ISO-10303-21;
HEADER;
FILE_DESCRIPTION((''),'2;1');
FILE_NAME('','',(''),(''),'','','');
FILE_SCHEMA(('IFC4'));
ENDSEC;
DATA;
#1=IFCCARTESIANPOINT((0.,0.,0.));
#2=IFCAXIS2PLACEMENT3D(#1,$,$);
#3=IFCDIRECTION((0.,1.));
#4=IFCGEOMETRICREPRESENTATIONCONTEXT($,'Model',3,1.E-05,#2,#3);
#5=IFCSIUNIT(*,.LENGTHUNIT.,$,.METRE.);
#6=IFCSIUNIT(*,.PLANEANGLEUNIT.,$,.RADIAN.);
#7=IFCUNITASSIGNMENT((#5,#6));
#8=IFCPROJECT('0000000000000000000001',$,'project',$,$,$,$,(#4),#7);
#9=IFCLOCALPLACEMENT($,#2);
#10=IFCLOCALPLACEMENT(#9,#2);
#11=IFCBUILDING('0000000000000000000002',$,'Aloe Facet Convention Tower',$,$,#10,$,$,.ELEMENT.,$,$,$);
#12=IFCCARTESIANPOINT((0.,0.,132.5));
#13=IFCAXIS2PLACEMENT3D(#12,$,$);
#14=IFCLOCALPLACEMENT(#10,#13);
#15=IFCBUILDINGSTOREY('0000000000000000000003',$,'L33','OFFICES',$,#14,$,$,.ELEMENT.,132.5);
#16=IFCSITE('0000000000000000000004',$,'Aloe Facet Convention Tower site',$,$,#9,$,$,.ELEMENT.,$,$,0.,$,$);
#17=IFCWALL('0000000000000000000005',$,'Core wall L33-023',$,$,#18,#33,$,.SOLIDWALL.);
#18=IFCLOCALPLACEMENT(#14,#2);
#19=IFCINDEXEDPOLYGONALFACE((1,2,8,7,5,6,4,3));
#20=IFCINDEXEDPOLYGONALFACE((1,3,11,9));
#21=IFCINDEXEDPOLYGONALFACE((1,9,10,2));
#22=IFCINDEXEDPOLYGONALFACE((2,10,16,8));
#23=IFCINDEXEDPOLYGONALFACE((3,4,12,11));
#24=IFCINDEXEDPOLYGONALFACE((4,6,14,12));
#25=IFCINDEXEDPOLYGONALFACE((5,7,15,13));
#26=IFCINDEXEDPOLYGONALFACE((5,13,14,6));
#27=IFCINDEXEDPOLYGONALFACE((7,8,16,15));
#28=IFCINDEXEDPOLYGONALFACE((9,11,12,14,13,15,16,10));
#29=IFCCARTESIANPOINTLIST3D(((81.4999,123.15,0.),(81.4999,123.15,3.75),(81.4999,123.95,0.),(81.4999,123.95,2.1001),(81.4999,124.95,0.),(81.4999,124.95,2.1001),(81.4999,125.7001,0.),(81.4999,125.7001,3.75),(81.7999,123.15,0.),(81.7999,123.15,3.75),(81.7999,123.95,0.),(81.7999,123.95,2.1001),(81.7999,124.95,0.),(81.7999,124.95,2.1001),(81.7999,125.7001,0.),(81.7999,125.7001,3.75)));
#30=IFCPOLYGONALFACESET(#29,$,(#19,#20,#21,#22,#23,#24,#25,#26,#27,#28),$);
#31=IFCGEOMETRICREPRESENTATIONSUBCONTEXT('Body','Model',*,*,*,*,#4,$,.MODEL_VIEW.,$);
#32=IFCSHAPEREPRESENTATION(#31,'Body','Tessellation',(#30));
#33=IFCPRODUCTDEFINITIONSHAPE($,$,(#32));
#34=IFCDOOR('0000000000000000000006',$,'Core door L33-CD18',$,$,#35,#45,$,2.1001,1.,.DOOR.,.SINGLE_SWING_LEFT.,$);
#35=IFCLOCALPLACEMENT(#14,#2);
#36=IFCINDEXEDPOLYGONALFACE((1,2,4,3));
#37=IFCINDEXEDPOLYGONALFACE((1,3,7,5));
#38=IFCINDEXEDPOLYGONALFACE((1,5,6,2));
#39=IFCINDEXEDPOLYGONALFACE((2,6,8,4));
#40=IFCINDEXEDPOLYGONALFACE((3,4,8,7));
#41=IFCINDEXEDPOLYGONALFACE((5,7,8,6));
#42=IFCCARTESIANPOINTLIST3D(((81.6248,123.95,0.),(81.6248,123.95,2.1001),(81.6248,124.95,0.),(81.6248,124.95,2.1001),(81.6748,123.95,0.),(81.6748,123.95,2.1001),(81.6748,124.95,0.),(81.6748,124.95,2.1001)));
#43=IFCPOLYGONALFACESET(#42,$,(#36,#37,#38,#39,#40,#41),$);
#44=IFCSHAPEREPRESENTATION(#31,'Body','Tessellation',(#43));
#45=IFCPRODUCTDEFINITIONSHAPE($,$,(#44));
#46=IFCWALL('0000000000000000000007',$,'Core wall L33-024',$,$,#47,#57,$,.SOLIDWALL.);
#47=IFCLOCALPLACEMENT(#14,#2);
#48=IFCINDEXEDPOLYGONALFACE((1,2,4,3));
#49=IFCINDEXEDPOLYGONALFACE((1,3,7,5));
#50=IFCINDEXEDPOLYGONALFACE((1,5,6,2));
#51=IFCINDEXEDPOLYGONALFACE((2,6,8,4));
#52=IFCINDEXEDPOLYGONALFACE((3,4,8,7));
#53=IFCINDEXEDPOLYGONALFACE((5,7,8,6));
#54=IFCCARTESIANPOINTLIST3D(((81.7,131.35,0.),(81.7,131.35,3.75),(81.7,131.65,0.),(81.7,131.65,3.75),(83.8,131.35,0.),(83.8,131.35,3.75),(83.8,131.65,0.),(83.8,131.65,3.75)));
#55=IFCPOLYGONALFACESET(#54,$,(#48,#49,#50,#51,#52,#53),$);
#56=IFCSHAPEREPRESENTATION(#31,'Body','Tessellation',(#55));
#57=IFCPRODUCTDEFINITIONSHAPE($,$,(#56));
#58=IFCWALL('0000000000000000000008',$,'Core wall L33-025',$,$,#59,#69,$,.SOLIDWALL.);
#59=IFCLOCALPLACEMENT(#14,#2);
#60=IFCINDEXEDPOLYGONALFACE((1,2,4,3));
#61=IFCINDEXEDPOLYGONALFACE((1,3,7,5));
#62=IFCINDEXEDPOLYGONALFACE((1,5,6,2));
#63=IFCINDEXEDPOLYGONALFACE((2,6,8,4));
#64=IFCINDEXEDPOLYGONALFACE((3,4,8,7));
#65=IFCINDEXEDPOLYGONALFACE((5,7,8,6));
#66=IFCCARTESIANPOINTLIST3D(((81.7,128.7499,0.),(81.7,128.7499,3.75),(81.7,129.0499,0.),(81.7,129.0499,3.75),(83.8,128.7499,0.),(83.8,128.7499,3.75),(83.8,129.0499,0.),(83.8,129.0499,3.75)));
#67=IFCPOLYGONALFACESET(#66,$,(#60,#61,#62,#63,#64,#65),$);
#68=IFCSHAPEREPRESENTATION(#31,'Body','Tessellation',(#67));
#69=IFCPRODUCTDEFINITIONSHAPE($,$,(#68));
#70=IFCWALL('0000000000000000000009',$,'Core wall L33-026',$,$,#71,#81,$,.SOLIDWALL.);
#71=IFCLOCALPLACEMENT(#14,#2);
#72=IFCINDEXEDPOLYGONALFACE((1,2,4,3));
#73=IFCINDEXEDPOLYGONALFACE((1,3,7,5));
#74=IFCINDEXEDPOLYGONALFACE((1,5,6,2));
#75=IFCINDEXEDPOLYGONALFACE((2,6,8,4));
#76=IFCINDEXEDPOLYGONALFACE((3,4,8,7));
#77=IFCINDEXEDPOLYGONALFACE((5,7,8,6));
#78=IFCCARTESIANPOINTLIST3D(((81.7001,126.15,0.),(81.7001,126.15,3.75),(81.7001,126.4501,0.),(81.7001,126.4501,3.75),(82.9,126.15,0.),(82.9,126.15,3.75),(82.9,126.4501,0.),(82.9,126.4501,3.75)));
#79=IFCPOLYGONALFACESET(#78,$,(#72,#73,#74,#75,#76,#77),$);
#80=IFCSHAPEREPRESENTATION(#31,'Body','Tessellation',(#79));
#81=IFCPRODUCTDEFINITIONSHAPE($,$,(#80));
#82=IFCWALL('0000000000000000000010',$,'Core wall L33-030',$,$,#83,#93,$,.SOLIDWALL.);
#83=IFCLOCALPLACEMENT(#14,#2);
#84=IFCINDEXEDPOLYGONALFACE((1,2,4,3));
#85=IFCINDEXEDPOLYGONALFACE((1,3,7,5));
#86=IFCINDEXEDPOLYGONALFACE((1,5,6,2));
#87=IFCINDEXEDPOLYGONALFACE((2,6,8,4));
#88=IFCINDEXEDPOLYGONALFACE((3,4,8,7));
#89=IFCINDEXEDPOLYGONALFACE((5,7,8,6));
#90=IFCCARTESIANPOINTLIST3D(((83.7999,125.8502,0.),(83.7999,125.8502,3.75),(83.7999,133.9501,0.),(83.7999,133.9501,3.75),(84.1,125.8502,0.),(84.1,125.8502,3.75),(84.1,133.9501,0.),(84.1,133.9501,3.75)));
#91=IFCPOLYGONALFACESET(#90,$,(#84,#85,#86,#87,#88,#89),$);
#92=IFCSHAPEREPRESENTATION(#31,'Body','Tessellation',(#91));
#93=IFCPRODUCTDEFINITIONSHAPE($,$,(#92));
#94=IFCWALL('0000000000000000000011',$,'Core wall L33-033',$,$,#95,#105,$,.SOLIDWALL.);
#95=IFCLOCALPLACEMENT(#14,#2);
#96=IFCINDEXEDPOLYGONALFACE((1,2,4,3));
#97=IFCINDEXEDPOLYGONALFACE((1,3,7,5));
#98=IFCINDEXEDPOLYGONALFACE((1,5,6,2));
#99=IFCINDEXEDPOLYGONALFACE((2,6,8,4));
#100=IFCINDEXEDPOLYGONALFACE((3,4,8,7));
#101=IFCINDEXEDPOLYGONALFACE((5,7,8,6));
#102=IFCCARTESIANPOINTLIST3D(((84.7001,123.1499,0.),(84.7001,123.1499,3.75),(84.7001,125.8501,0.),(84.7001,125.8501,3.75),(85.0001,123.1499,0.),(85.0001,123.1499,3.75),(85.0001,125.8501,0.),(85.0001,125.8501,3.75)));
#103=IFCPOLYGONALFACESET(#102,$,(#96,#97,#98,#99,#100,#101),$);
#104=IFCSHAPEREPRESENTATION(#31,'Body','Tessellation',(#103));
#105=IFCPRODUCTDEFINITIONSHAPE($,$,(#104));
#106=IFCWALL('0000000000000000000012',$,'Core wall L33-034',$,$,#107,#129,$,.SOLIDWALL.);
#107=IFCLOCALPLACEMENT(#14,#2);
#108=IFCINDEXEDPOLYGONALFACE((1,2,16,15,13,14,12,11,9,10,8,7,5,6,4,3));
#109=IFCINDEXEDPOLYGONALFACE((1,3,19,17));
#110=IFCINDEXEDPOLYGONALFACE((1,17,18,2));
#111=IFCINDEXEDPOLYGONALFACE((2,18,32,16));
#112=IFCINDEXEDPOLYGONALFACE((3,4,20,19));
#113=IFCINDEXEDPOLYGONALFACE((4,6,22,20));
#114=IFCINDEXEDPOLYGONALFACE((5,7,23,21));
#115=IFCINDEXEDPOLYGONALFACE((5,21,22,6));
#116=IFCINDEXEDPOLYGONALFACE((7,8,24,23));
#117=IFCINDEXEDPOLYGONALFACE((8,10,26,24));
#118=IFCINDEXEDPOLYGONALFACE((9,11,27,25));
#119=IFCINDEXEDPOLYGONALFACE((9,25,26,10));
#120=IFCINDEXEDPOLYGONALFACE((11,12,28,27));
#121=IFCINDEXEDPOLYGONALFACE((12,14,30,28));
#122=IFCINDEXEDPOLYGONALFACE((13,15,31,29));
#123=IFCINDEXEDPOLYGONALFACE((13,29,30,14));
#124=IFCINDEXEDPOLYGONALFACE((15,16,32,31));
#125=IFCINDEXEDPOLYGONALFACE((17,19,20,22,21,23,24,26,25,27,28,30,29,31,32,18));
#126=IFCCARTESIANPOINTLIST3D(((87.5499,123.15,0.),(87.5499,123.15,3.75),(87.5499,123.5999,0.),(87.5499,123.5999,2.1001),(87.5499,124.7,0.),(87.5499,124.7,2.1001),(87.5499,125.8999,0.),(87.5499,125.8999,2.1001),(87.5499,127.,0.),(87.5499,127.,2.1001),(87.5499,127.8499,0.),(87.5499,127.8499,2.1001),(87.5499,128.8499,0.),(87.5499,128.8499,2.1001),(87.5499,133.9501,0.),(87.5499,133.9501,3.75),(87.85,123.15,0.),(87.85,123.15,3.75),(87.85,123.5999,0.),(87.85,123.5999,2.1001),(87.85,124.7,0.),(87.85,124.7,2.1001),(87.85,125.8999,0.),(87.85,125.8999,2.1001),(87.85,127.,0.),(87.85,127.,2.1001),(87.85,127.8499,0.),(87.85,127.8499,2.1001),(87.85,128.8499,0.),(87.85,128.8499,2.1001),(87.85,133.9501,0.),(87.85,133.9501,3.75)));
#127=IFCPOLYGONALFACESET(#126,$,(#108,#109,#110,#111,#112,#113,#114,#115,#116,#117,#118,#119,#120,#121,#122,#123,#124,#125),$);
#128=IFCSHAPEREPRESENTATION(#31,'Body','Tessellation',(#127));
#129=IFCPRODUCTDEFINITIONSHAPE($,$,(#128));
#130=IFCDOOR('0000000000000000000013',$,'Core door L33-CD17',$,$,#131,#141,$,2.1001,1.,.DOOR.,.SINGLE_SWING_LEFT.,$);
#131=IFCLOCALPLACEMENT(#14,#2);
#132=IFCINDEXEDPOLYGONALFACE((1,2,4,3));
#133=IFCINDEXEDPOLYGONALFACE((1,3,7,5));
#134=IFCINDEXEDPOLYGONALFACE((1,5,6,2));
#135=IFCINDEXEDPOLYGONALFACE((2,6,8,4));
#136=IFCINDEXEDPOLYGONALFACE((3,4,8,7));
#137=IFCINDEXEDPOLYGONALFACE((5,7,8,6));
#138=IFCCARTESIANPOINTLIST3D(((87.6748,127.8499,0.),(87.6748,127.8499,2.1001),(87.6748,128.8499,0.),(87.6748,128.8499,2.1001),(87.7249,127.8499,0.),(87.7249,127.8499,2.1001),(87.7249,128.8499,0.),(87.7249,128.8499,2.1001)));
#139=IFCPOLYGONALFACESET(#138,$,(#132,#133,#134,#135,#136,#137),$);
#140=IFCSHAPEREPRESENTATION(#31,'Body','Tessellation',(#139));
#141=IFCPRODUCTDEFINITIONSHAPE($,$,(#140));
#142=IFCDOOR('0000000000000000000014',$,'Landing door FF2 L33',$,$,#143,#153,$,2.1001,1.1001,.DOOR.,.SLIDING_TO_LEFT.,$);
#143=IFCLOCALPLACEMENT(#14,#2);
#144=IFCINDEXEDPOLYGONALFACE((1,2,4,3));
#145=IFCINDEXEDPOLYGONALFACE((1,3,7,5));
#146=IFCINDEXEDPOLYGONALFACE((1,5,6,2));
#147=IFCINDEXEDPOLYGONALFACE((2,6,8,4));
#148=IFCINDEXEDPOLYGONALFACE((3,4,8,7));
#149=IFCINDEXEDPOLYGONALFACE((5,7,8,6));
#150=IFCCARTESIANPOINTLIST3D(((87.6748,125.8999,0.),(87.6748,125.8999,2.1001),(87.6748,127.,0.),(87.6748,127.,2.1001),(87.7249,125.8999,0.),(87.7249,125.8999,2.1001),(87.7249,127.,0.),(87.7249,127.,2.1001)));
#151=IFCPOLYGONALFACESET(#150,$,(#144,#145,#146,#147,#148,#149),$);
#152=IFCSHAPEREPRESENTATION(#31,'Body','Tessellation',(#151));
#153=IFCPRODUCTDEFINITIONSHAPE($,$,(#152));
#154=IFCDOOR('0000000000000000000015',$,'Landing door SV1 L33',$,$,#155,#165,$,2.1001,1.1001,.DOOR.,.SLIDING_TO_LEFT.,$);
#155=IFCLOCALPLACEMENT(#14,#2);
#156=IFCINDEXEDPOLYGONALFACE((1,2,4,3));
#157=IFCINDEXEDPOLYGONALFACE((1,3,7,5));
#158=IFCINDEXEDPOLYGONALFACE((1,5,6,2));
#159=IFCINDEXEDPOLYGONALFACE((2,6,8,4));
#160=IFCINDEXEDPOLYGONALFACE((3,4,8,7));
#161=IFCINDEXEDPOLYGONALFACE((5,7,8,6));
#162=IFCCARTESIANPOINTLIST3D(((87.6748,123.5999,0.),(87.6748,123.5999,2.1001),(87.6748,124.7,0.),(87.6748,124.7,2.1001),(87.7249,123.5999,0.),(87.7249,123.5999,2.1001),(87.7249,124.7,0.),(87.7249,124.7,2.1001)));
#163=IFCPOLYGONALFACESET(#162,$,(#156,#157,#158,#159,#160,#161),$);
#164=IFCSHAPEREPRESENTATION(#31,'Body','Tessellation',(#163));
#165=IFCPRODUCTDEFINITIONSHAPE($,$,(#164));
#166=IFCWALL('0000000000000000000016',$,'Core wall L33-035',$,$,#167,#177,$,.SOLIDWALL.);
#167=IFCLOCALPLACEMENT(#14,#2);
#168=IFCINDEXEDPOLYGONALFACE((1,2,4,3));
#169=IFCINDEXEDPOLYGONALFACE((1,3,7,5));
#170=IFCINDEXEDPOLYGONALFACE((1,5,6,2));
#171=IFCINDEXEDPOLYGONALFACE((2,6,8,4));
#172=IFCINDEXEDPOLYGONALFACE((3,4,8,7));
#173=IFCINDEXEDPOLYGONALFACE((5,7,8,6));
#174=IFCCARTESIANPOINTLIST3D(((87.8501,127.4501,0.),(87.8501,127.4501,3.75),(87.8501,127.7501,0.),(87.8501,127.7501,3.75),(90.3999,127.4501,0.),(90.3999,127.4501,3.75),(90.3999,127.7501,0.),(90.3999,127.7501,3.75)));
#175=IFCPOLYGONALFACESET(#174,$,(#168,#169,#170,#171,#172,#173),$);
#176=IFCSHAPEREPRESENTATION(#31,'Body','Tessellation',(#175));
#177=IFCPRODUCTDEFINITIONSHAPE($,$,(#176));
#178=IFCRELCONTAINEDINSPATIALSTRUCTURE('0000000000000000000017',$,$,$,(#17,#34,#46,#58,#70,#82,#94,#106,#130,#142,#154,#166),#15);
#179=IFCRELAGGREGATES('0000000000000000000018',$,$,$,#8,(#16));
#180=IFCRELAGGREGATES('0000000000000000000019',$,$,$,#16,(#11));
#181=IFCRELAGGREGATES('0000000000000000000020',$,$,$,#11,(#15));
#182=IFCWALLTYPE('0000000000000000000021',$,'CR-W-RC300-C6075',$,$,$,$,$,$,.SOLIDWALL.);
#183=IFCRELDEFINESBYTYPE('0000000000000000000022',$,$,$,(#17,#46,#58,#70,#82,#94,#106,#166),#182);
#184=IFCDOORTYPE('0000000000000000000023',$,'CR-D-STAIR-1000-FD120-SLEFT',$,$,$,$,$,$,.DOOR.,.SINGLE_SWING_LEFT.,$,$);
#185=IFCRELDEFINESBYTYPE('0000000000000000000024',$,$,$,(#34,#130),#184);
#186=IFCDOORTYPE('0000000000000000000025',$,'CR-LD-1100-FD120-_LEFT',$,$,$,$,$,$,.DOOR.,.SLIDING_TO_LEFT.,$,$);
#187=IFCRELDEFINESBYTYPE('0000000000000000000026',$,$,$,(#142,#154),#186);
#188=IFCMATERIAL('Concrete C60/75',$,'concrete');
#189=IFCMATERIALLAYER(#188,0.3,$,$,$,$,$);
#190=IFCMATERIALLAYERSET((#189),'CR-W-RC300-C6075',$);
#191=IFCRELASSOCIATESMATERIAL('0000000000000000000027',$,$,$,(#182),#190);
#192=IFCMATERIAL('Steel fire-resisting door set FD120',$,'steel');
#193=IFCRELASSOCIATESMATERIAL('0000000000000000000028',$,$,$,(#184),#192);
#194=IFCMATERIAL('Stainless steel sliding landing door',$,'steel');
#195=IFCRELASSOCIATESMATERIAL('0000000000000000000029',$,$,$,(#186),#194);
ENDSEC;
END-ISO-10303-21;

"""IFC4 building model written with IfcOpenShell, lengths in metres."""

from ifc_helpers import new_model, si_unit, direction, frame, frame_2d, origin, place, context, subcontext, project, spatial, rectangle, extrude, material, layer, layer_set, type_object, element, fill, save


model = new_model("IFC4")

# Units and contexts
model_context = context("Model", 3, precision=1e-05, world=origin(), true_north=direction((0.0, 1.0)))
body_context = subcontext(model_context, "Body", "Model", "MODEL_VIEW")
ifc_project = project(units=[si_unit("LENGTHUNIT", "METRE"), si_unit("PLANEANGLEUNIT", "RADIAN")], contexts=[model_context])

# Site, building, storey
site_placement = place(None, origin())
site = spatial("IfcSite", under=ifc_project, at=site_placement, Name="Aloe Facet Convention Tower site", CompositionType="ELEMENT", RefElevation=0.0)
building_placement = place(site_placement, origin())
building = spatial("IfcBuilding", under=site, at=building_placement, Name="Aloe Facet Convention Tower", CompositionType="ELEMENT")
storey_placement = place(building_placement, frame((0.0, 0.0, 132.5)))
storey = spatial("IfcBuildingStorey", under=building, at=storey_placement, Name="L33", Description="OFFICES", CompositionType="ELEMENT", Elevation=132.5)

# Shared definitions
ifc_material_1 = material(Name="Concrete C60/75", Category="concrete")
ifc_layer_1 = layer(ifc_material_1, 0.3)
ifc_layer_set_1 = layer_set([ifc_layer_1], Name="CR-W-RC300-C6075")
wall_type_1 = type_object("IfcWallType", Name="CR-W-RC300-C6075", PredefinedType="SOLIDWALL", material=ifc_layer_set_1)

# Wall, opening, door
wall_1_placement = place(storey_placement, frame((81.6499, 125.7, 0.0), z_axis=(0.0, 0.0, 1.0), x_axis=(0.0, -1.0, 0.0)))
wall_1 = element("IfcWall", 1, at=wall_1_placement, inside=storey, type_object=wall_type_1, Name="Core wall L33-023", PredefinedType="SOLIDWALL", context=body_context, shape_type="SweptSolid", body=[
    extrude(rectangle(XDim=2.55, YDim=0.3, at=frame_2d((1.2749, 0.0))), origin(), (0.0, 0.0, 1.0), 3.75),
])
opening_1_placement = place(wall_1_placement, frame((0.75, 0.0, 0.0)))
opening_1 = element("IfcOpeningElement", 2, at=opening_1_placement, cuts=wall_1, PredefinedType="OPENING", context=body_context, shape_type="SweptSolid", body=[
    extrude(rectangle(XDim=1.0, YDim=2.1001, at=frame_2d((0.5, 1.05))), frame((0.0, 0.1602, 0.0), z_axis=(0.0, -1.0, 0.0), x_axis=(1.0, 0.0, 0.0)), (0.0, 0.0, 1.0), 0.3201),
])
ifc_material_2 = material(Name="Steel fire-resisting door set FD120", Category="steel")
door_type_1 = type_object("IfcDoorType", Name="CR-D-STAIR-1000-FD120-SLEFT", OperationType="SINGLE_SWING_LEFT", PredefinedType="DOOR", material=ifc_material_2)
door_1_placement = place(opening_1_placement, origin())
door_1 = element("IfcDoor", 3, at=door_1_placement, inside=storey, type_object=door_type_1, Name="Core door L33-CD18", OperationType="SINGLE_SWING_LEFT", OverallHeight=2.1001, OverallWidth=1.0, PredefinedType="DOOR", context=body_context, shape_type="SweptSolid", body=[
    extrude(rectangle(XDim=1.0, YDim=2.1001, at=frame_2d((0.5, 1.05))), frame((0.0, 0.0249, 0.0), z_axis=(0.0, -1.0, 0.0), x_axis=(1.0, 0.0, 0.0)), (0.0, 0.0, 1.0), 0.05),
])
fill(opening_1, door_1)

# Walls
for number, where, z_axis, x_axis, name in (
    (4, (81.7, 131.5, 0.0), (0.0, 0.0, 1.0), (1.0, 0.0, 0.0), "Core wall L33-024"),
    (5, (81.7, 128.8999, 0.0), (0.0, 0.0, 1.0), (1.0, 0.0, 0.0), "Core wall L33-025"),
):
    element("IfcWall", number, at=place(storey_placement, frame(where, z_axis=z_axis, x_axis=x_axis)), inside=storey, type_object=wall_type_1, Name=name, PredefinedType="SOLIDWALL", context=body_context, shape_type="SweptSolid", body=[
        extrude(rectangle(XDim=2.1001, YDim=0.3, at=frame_2d((1.05, 0.0))), origin(), (0.0, 0.0, 1.0), 3.75),
    ])
wall_2_placement = place(storey_placement, frame((81.7, 126.3, 0.0), z_axis=(0.0, 0.0, 1.0), x_axis=(1.0, 0.0, 0.0)))
element("IfcWall", 6, at=wall_2_placement, inside=storey, type_object=wall_type_1, Name="Core wall L33-026", PredefinedType="SOLIDWALL", context=body_context, shape_type="SweptSolid", body=[
    extrude(rectangle(XDim=1.2, YDim=0.3, at=frame_2d((0.6001, 0.0))), origin(), (0.0, 0.0, 1.0), 3.75),
])
wall_3_placement = place(storey_placement, frame((83.95, 133.95, 0.0), z_axis=(0.0, 0.0, 1.0), x_axis=(0.0, -1.0, 0.0)))
element("IfcWall", 7, at=wall_3_placement, inside=storey, type_object=wall_type_1, Name="Core wall L33-030", PredefinedType="SOLIDWALL", context=body_context, shape_type="SweptSolid", body=[
    extrude(rectangle(XDim=8.0999, YDim=0.3, at=frame_2d((4.0498, 0.0))), origin(), (0.0, 0.0, 1.0), 3.75),
])
wall_4_placement = place(storey_placement, frame((84.8501, 125.8501, 0.0), z_axis=(0.0, 0.0, 1.0), x_axis=(0.0, -1.0, 0.0)))
element("IfcWall", 8, at=wall_4_placement, inside=storey, type_object=wall_type_1, Name="Core wall L33-033", PredefinedType="SOLIDWALL", context=body_context, shape_type="SweptSolid", body=[
    extrude(rectangle(XDim=2.7002, YDim=0.3, at=frame_2d((1.3501, 0.0))), origin(), (0.0, 0.0, 1.0), 3.75),
])

# Wall, openings, doors
wall_5_placement = place(storey_placement, frame((87.7, 133.95, 0.0), z_axis=(0.0, 0.0, 1.0), x_axis=(0.0, -1.0, 0.0)))
wall_5 = element("IfcWall", 9, at=wall_5_placement, inside=storey, type_object=wall_type_1, Name="Core wall L33-034", PredefinedType="SOLIDWALL", context=body_context, shape_type="SweptSolid", body=[
    extrude(rectangle(XDim=10.8, YDim=0.3, at=frame_2d((5.3999, 0.0))), origin(), (0.0, 0.0, 1.0), 3.75),
])
opening_2_placement = place(wall_5_placement, frame((6.95, 0.0, 0.0)))
opening_2 = element("IfcOpeningElement", 10, at=opening_2_placement, cuts=wall_5, PredefinedType="OPENING", context=body_context, shape_type="SweptSolid", body=[
    extrude(rectangle(XDim=1.1001, YDim=2.1001, at=frame_2d((0.55, 1.05))), frame((0.0, 0.1602, 0.0), z_axis=(0.0, -1.0, 0.0), x_axis=(1.0, 0.0, 0.0)), (0.0, 0.0, 1.0), 0.3201),
])
opening_3_placement = place(wall_5_placement, frame((5.1001, 0.0, 0.0)))
opening_3 = element("IfcOpeningElement", 11, at=opening_3_placement, cuts=wall_5, PredefinedType="OPENING", context=body_context, shape_type="SweptSolid", body=[
    extrude(rectangle(XDim=1.0, YDim=2.1001, at=frame_2d((0.5, 1.05))), frame((0.0, 0.1602, 0.0), z_axis=(0.0, -1.0, 0.0), x_axis=(1.0, 0.0, 0.0)), (0.0, 0.0, 1.0), 0.3201),
])
opening_4_placement = place(wall_5_placement, frame((9.25, 0.0, 0.0)))
opening_4 = element("IfcOpeningElement", 12, at=opening_4_placement, cuts=wall_5, PredefinedType="OPENING", context=body_context, shape_type="SweptSolid", body=[
    extrude(rectangle(XDim=1.1001, YDim=2.1001, at=frame_2d((0.55, 1.05))), frame((0.0, 0.1602, 0.0), z_axis=(0.0, -1.0, 0.0), x_axis=(1.0, 0.0, 0.0)), (0.0, 0.0, 1.0), 0.3201),
])
door_2_placement = place(opening_3_placement, origin())
door_2 = element("IfcDoor", 13, at=door_2_placement, inside=storey, type_object=door_type_1, Name="Core door L33-CD17", OperationType="SINGLE_SWING_LEFT", OverallHeight=2.1001, OverallWidth=1.0, PredefinedType="DOOR", context=body_context, shape_type="SweptSolid", body=[
    extrude(rectangle(XDim=1.0, YDim=2.1001, at=frame_2d((0.5, 1.05))), frame((0.0, 0.0249, 0.0), z_axis=(0.0, -1.0, 0.0), x_axis=(1.0, 0.0, 0.0)), (0.0, 0.0, 1.0), 0.05),
])
fill(opening_3, door_2)
ifc_material_3 = material(Name="Stainless steel sliding landing door", Category="steel")
door_type_2 = type_object("IfcDoorType", Name="CR-LD-1100-FD120-_LEFT", OperationType="SLIDING_TO_LEFT", PredefinedType="DOOR", material=ifc_material_3)
door_3_placement = place(opening_2_placement, origin())
door_3 = element("IfcDoor", 14, at=door_3_placement, inside=storey, type_object=door_type_2, Name="Landing door FF2 L33", OperationType="SLIDING_TO_LEFT", OverallHeight=2.1001, OverallWidth=1.1001, PredefinedType="DOOR", context=body_context, shape_type="SweptSolid", body=[
    extrude(rectangle(XDim=1.1001, YDim=2.1001, at=frame_2d((0.55, 1.05))), frame((0.0, 0.0249, 0.0), z_axis=(0.0, -1.0, 0.0), x_axis=(1.0, 0.0, 0.0)), (0.0, 0.0, 1.0), 0.05),
])
fill(opening_2, door_3)
door_4_placement = place(opening_4_placement, origin())
door_4 = element("IfcDoor", 15, at=door_4_placement, inside=storey, type_object=door_type_2, Name="Landing door SV1 L33", OperationType="SLIDING_TO_LEFT", OverallHeight=2.1001, OverallWidth=1.1001, PredefinedType="DOOR", context=body_context, shape_type="SweptSolid", body=[
    extrude(rectangle(XDim=1.1001, YDim=2.1001, at=frame_2d((0.55, 1.05))), frame((0.0, 0.0249, 0.0), z_axis=(0.0, -1.0, 0.0), x_axis=(1.0, 0.0, 0.0)), (0.0, 0.0, 1.0), 0.05),
])
fill(opening_4, door_4)

# Wall
for number, where, z_axis, x_axis, name in (
    (16, (87.8501, 127.6001, 0.0), (0.0, 0.0, 1.0), (1.0, 0.0, 0.0), "Core wall L33-035"),
):
    element("IfcWall", number, at=place(storey_placement, frame(where, z_axis=z_axis, x_axis=x_axis)), inside=storey, type_object=wall_type_1, Name=name, PredefinedType="SOLIDWALL", context=body_context, shape_type="SweptSolid", body=[
        extrude(rectangle(XDim=2.5498, YDim=0.3, at=frame_2d((1.2749, 0.0))), origin(), (0.0, 0.0, 1.0), 3.75),
    ])

save(model, "model.ifc")
